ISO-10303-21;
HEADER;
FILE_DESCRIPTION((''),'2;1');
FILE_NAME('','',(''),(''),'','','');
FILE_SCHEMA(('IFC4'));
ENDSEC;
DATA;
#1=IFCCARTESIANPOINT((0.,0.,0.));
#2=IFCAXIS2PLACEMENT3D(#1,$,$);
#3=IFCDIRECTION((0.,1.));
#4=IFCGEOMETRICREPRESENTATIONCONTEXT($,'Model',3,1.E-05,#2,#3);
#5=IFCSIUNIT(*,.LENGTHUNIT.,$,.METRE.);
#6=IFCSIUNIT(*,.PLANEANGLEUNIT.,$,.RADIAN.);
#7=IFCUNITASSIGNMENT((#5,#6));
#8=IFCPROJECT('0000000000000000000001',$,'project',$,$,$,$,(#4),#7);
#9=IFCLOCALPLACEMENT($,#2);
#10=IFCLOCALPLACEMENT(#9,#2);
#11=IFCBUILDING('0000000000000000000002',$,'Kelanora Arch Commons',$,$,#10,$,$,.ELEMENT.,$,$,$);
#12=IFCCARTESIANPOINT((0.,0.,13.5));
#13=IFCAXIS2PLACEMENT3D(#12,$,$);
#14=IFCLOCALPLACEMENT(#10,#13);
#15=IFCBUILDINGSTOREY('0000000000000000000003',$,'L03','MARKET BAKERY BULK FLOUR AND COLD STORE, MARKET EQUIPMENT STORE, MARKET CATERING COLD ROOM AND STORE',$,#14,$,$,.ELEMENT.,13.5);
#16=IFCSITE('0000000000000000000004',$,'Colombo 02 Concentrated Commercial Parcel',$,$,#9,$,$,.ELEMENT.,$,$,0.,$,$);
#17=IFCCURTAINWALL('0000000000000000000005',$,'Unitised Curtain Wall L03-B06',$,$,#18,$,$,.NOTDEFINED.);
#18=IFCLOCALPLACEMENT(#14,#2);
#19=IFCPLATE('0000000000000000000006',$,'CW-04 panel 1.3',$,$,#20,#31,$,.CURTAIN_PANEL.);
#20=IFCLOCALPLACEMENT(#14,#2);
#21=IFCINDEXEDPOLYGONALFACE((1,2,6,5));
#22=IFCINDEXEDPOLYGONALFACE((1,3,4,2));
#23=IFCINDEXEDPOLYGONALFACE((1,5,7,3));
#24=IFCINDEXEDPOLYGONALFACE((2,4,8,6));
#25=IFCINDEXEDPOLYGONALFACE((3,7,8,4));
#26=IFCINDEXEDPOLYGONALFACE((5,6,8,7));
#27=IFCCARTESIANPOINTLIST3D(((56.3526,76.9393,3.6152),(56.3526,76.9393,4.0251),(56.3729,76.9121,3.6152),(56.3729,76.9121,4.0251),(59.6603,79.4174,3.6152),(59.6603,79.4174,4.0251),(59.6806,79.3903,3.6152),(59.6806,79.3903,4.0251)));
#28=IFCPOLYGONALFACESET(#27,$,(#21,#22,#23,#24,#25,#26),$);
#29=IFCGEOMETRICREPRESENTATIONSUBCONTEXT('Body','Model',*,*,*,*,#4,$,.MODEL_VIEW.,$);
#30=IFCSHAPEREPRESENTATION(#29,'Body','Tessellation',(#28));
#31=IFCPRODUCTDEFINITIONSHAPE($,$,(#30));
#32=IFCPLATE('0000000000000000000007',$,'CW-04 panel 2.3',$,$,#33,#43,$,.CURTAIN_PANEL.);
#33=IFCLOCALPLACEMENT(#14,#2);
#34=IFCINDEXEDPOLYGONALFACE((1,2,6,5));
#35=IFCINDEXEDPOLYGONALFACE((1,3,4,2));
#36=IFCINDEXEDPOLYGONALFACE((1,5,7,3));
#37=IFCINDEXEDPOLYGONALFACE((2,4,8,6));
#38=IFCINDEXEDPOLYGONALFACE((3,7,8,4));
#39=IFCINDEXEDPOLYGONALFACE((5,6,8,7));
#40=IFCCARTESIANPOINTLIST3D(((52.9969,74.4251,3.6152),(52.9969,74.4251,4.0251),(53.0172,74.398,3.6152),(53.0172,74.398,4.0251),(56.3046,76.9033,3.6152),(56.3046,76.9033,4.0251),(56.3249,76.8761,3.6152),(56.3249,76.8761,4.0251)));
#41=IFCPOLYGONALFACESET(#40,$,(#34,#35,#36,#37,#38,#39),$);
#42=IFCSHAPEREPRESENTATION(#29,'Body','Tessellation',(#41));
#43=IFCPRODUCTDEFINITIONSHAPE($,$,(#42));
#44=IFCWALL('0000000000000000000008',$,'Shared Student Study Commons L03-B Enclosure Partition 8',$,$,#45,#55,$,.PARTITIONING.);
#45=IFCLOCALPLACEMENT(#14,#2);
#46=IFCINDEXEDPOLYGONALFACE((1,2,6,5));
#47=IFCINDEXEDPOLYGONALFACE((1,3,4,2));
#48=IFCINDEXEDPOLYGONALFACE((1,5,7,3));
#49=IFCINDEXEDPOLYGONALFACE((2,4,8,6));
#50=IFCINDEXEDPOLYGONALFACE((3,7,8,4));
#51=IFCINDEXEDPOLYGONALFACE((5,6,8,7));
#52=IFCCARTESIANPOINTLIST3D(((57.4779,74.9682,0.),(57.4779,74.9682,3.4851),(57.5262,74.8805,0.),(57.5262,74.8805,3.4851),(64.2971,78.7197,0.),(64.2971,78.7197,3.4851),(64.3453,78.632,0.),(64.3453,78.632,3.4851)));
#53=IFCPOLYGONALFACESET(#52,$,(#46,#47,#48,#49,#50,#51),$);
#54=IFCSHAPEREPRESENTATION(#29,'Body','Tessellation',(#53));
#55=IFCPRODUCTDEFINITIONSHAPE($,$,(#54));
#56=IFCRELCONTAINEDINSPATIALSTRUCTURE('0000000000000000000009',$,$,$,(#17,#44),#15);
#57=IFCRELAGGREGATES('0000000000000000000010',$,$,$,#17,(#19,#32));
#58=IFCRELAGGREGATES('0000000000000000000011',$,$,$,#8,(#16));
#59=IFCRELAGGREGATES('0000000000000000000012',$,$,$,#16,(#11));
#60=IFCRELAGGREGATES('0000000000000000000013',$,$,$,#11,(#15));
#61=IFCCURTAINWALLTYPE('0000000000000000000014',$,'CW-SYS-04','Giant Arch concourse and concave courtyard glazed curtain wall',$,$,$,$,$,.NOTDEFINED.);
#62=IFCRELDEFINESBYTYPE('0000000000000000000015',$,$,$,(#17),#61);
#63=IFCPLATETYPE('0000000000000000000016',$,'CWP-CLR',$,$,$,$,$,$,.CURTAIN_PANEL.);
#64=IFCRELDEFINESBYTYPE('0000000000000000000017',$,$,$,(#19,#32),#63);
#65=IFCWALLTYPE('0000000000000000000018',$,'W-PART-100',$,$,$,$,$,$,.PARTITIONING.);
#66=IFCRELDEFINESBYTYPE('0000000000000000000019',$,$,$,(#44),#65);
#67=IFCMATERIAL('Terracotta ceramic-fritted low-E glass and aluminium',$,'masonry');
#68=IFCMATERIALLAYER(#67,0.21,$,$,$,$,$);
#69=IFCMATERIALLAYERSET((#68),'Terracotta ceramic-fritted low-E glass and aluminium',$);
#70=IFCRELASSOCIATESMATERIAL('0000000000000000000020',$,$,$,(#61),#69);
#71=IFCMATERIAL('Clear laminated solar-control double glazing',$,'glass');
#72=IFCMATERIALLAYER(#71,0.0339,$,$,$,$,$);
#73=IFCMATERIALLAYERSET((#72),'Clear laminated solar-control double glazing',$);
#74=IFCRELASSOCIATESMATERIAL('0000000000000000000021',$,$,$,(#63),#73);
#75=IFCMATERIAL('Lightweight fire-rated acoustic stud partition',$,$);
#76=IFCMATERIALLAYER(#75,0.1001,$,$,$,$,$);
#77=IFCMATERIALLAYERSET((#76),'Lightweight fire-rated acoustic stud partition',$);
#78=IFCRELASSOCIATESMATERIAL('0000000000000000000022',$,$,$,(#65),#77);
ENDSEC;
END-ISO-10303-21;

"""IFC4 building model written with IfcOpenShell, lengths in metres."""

from ifc_helpers import new_model, si_unit, direction, frame, frame_2d, origin, origin_2d, place, context, subcontext, project, spatial, rectangle, extrude, source, transform, mapped, material, layer, layer_set, type_object, element, aggregate, save


model = new_model("IFC4")

# Units and contexts
model_context = context("Model", 3, precision=1e-05, world=origin(), true_north=direction((0.0, 1.0)))
body_context = subcontext(model_context, "Body", "Model", "MODEL_VIEW")
ifc_project = project(units=[si_unit("LENGTHUNIT", "METRE"), si_unit("PLANEANGLEUNIT", "RADIAN")], contexts=[model_context])

# Site, building, storey
site_placement = place(None, origin())
site = spatial("IfcSite", under=ifc_project, at=site_placement, Name="Colombo 02 Concentrated Commercial Parcel", CompositionType="ELEMENT", RefElevation=0.0)
building_placement = place(site_placement, origin())
building = spatial("IfcBuilding", under=site, at=building_placement, Name="Kelanora Arch Commons", CompositionType="ELEMENT")
storey_placement = place(building_placement, frame((0.0, 0.0, 13.5)))
storey = spatial("IfcBuildingStorey", under=building, at=storey_placement, Name="L03", Description="MARKET BAKERY BULK FLOUR AND COLD STORE, MARKET EQUIPMENT STORE, MARKET CATERING COLD ROOM AND STORE", CompositionType="ELEMENT", Elevation=13.5)

# Shared definitions
ifc_material_1 = material(Name="Terracotta ceramic-fritted low-E glass and aluminium", Category="masonry")
ifc_layer_1 = layer(ifc_material_1, 0.21)
ifc_layer_set_1 = layer_set([ifc_layer_1], Name="Terracotta ceramic-fritted low-E glass and aluminium")
curtain_wall_type = type_object("IfcCurtainWallType", Name="CW-SYS-04", Description="Giant Arch concourse and concave courtyard glazed curtain wall", PredefinedType="NOTDEFINED", material=ifc_layer_set_1)

# Curtain wall
curtain_wall_1_placement = place(storey_placement, origin())
curtain_wall_1 = element("IfcCurtainWall", 1, at=curtain_wall_1_placement, inside=storey, type_object=curtain_wall_type, Name="Unitised Curtain Wall L03-B06", PredefinedType="NOTDEFINED")

# Plates
ifc_material_2 = material(Name="Clear laminated solar-control double glazing", Category="glass")
ifc_layer_2 = layer(ifc_material_2, 0.0339)
ifc_layer_set_2 = layer_set([ifc_layer_2], Name="Clear laminated solar-control double glazing")
plate_type = type_object("IfcPlateType", Name="CWP-CLR", PredefinedType="CURTAIN_PANEL", material=ifc_layer_set_2)
shared_shape_1 = source(origin(), body_context, "Body", "SweptSolid", [
    extrude(rectangle(XDim=4.1331, YDim=0.0339, at=origin_2d()), origin(), (0.0, 0.0, 1.0), 0.4099),
])
plate_1_placement = place(storey_placement, frame((58.0166, 78.1648, 3.6152), z_axis=(0.0, 0.0, 1.0), x_axis=(-0.800305, -0.599593, 0.0)))
plate_1 = element("IfcPlate", 2, at=plate_1_placement, type_object=plate_type, Name="CW-04 panel 1.3", PredefinedType="CURTAIN_PANEL", context=body_context, shape_type="MappedRepresentation", body=[
    mapped(shared_shape_1, transform((0.0, 0.0, 0.0), scale=1.0)),
])
plate_2_placement = place(storey_placement, frame((54.6609, 75.6506, 3.6152), z_axis=(0.0, 0.0, 1.0), x_axis=(-0.800305, -0.599593, 0.0)))
plate_2 = element("IfcPlate", 3, at=plate_2_placement, type_object=plate_type, Name="CW-04 panel 2.3", PredefinedType="CURTAIN_PANEL", context=body_context, shape_type="MappedRepresentation", body=[
    mapped(shared_shape_1, transform((0.0, 0.0, 0.0), scale=1.0)),
])
aggregate(curtain_wall_1, [plate_1, plate_2])

# Wall
ifc_material_3 = material(Name="Lightweight fire-rated acoustic stud partition")
ifc_layer_3 = layer(ifc_material_3, 0.1001)
ifc_layer_set_3 = layer_set([ifc_layer_3], Name="Lightweight fire-rated acoustic stud partition")
wall_type = type_object("IfcWallType", Name="W-PART-100", PredefinedType="PARTITIONING", material=ifc_layer_set_3)
wall_placement = place(storey_placement, frame((57.502, 74.9243, 0.0), z_axis=(0.0, 0.0, 1.0), x_axis=(0.876164, 0.482014, 0.0)))
element("IfcWall", 4, at=wall_placement, inside=storey, type_object=wall_type, Name="Shared Student Study Commons L03-B Enclosure Partition 8", PredefinedType="PARTITIONING", context=body_context, shape_type="SweptSolid", body=[
    extrude(rectangle(XDim=7.783, YDim=0.1001, at=frame_2d((3.8916, 0.0))), origin(), (0.0, 0.0, 1.0), 3.4851),
])

save(model, "model.ifc")
